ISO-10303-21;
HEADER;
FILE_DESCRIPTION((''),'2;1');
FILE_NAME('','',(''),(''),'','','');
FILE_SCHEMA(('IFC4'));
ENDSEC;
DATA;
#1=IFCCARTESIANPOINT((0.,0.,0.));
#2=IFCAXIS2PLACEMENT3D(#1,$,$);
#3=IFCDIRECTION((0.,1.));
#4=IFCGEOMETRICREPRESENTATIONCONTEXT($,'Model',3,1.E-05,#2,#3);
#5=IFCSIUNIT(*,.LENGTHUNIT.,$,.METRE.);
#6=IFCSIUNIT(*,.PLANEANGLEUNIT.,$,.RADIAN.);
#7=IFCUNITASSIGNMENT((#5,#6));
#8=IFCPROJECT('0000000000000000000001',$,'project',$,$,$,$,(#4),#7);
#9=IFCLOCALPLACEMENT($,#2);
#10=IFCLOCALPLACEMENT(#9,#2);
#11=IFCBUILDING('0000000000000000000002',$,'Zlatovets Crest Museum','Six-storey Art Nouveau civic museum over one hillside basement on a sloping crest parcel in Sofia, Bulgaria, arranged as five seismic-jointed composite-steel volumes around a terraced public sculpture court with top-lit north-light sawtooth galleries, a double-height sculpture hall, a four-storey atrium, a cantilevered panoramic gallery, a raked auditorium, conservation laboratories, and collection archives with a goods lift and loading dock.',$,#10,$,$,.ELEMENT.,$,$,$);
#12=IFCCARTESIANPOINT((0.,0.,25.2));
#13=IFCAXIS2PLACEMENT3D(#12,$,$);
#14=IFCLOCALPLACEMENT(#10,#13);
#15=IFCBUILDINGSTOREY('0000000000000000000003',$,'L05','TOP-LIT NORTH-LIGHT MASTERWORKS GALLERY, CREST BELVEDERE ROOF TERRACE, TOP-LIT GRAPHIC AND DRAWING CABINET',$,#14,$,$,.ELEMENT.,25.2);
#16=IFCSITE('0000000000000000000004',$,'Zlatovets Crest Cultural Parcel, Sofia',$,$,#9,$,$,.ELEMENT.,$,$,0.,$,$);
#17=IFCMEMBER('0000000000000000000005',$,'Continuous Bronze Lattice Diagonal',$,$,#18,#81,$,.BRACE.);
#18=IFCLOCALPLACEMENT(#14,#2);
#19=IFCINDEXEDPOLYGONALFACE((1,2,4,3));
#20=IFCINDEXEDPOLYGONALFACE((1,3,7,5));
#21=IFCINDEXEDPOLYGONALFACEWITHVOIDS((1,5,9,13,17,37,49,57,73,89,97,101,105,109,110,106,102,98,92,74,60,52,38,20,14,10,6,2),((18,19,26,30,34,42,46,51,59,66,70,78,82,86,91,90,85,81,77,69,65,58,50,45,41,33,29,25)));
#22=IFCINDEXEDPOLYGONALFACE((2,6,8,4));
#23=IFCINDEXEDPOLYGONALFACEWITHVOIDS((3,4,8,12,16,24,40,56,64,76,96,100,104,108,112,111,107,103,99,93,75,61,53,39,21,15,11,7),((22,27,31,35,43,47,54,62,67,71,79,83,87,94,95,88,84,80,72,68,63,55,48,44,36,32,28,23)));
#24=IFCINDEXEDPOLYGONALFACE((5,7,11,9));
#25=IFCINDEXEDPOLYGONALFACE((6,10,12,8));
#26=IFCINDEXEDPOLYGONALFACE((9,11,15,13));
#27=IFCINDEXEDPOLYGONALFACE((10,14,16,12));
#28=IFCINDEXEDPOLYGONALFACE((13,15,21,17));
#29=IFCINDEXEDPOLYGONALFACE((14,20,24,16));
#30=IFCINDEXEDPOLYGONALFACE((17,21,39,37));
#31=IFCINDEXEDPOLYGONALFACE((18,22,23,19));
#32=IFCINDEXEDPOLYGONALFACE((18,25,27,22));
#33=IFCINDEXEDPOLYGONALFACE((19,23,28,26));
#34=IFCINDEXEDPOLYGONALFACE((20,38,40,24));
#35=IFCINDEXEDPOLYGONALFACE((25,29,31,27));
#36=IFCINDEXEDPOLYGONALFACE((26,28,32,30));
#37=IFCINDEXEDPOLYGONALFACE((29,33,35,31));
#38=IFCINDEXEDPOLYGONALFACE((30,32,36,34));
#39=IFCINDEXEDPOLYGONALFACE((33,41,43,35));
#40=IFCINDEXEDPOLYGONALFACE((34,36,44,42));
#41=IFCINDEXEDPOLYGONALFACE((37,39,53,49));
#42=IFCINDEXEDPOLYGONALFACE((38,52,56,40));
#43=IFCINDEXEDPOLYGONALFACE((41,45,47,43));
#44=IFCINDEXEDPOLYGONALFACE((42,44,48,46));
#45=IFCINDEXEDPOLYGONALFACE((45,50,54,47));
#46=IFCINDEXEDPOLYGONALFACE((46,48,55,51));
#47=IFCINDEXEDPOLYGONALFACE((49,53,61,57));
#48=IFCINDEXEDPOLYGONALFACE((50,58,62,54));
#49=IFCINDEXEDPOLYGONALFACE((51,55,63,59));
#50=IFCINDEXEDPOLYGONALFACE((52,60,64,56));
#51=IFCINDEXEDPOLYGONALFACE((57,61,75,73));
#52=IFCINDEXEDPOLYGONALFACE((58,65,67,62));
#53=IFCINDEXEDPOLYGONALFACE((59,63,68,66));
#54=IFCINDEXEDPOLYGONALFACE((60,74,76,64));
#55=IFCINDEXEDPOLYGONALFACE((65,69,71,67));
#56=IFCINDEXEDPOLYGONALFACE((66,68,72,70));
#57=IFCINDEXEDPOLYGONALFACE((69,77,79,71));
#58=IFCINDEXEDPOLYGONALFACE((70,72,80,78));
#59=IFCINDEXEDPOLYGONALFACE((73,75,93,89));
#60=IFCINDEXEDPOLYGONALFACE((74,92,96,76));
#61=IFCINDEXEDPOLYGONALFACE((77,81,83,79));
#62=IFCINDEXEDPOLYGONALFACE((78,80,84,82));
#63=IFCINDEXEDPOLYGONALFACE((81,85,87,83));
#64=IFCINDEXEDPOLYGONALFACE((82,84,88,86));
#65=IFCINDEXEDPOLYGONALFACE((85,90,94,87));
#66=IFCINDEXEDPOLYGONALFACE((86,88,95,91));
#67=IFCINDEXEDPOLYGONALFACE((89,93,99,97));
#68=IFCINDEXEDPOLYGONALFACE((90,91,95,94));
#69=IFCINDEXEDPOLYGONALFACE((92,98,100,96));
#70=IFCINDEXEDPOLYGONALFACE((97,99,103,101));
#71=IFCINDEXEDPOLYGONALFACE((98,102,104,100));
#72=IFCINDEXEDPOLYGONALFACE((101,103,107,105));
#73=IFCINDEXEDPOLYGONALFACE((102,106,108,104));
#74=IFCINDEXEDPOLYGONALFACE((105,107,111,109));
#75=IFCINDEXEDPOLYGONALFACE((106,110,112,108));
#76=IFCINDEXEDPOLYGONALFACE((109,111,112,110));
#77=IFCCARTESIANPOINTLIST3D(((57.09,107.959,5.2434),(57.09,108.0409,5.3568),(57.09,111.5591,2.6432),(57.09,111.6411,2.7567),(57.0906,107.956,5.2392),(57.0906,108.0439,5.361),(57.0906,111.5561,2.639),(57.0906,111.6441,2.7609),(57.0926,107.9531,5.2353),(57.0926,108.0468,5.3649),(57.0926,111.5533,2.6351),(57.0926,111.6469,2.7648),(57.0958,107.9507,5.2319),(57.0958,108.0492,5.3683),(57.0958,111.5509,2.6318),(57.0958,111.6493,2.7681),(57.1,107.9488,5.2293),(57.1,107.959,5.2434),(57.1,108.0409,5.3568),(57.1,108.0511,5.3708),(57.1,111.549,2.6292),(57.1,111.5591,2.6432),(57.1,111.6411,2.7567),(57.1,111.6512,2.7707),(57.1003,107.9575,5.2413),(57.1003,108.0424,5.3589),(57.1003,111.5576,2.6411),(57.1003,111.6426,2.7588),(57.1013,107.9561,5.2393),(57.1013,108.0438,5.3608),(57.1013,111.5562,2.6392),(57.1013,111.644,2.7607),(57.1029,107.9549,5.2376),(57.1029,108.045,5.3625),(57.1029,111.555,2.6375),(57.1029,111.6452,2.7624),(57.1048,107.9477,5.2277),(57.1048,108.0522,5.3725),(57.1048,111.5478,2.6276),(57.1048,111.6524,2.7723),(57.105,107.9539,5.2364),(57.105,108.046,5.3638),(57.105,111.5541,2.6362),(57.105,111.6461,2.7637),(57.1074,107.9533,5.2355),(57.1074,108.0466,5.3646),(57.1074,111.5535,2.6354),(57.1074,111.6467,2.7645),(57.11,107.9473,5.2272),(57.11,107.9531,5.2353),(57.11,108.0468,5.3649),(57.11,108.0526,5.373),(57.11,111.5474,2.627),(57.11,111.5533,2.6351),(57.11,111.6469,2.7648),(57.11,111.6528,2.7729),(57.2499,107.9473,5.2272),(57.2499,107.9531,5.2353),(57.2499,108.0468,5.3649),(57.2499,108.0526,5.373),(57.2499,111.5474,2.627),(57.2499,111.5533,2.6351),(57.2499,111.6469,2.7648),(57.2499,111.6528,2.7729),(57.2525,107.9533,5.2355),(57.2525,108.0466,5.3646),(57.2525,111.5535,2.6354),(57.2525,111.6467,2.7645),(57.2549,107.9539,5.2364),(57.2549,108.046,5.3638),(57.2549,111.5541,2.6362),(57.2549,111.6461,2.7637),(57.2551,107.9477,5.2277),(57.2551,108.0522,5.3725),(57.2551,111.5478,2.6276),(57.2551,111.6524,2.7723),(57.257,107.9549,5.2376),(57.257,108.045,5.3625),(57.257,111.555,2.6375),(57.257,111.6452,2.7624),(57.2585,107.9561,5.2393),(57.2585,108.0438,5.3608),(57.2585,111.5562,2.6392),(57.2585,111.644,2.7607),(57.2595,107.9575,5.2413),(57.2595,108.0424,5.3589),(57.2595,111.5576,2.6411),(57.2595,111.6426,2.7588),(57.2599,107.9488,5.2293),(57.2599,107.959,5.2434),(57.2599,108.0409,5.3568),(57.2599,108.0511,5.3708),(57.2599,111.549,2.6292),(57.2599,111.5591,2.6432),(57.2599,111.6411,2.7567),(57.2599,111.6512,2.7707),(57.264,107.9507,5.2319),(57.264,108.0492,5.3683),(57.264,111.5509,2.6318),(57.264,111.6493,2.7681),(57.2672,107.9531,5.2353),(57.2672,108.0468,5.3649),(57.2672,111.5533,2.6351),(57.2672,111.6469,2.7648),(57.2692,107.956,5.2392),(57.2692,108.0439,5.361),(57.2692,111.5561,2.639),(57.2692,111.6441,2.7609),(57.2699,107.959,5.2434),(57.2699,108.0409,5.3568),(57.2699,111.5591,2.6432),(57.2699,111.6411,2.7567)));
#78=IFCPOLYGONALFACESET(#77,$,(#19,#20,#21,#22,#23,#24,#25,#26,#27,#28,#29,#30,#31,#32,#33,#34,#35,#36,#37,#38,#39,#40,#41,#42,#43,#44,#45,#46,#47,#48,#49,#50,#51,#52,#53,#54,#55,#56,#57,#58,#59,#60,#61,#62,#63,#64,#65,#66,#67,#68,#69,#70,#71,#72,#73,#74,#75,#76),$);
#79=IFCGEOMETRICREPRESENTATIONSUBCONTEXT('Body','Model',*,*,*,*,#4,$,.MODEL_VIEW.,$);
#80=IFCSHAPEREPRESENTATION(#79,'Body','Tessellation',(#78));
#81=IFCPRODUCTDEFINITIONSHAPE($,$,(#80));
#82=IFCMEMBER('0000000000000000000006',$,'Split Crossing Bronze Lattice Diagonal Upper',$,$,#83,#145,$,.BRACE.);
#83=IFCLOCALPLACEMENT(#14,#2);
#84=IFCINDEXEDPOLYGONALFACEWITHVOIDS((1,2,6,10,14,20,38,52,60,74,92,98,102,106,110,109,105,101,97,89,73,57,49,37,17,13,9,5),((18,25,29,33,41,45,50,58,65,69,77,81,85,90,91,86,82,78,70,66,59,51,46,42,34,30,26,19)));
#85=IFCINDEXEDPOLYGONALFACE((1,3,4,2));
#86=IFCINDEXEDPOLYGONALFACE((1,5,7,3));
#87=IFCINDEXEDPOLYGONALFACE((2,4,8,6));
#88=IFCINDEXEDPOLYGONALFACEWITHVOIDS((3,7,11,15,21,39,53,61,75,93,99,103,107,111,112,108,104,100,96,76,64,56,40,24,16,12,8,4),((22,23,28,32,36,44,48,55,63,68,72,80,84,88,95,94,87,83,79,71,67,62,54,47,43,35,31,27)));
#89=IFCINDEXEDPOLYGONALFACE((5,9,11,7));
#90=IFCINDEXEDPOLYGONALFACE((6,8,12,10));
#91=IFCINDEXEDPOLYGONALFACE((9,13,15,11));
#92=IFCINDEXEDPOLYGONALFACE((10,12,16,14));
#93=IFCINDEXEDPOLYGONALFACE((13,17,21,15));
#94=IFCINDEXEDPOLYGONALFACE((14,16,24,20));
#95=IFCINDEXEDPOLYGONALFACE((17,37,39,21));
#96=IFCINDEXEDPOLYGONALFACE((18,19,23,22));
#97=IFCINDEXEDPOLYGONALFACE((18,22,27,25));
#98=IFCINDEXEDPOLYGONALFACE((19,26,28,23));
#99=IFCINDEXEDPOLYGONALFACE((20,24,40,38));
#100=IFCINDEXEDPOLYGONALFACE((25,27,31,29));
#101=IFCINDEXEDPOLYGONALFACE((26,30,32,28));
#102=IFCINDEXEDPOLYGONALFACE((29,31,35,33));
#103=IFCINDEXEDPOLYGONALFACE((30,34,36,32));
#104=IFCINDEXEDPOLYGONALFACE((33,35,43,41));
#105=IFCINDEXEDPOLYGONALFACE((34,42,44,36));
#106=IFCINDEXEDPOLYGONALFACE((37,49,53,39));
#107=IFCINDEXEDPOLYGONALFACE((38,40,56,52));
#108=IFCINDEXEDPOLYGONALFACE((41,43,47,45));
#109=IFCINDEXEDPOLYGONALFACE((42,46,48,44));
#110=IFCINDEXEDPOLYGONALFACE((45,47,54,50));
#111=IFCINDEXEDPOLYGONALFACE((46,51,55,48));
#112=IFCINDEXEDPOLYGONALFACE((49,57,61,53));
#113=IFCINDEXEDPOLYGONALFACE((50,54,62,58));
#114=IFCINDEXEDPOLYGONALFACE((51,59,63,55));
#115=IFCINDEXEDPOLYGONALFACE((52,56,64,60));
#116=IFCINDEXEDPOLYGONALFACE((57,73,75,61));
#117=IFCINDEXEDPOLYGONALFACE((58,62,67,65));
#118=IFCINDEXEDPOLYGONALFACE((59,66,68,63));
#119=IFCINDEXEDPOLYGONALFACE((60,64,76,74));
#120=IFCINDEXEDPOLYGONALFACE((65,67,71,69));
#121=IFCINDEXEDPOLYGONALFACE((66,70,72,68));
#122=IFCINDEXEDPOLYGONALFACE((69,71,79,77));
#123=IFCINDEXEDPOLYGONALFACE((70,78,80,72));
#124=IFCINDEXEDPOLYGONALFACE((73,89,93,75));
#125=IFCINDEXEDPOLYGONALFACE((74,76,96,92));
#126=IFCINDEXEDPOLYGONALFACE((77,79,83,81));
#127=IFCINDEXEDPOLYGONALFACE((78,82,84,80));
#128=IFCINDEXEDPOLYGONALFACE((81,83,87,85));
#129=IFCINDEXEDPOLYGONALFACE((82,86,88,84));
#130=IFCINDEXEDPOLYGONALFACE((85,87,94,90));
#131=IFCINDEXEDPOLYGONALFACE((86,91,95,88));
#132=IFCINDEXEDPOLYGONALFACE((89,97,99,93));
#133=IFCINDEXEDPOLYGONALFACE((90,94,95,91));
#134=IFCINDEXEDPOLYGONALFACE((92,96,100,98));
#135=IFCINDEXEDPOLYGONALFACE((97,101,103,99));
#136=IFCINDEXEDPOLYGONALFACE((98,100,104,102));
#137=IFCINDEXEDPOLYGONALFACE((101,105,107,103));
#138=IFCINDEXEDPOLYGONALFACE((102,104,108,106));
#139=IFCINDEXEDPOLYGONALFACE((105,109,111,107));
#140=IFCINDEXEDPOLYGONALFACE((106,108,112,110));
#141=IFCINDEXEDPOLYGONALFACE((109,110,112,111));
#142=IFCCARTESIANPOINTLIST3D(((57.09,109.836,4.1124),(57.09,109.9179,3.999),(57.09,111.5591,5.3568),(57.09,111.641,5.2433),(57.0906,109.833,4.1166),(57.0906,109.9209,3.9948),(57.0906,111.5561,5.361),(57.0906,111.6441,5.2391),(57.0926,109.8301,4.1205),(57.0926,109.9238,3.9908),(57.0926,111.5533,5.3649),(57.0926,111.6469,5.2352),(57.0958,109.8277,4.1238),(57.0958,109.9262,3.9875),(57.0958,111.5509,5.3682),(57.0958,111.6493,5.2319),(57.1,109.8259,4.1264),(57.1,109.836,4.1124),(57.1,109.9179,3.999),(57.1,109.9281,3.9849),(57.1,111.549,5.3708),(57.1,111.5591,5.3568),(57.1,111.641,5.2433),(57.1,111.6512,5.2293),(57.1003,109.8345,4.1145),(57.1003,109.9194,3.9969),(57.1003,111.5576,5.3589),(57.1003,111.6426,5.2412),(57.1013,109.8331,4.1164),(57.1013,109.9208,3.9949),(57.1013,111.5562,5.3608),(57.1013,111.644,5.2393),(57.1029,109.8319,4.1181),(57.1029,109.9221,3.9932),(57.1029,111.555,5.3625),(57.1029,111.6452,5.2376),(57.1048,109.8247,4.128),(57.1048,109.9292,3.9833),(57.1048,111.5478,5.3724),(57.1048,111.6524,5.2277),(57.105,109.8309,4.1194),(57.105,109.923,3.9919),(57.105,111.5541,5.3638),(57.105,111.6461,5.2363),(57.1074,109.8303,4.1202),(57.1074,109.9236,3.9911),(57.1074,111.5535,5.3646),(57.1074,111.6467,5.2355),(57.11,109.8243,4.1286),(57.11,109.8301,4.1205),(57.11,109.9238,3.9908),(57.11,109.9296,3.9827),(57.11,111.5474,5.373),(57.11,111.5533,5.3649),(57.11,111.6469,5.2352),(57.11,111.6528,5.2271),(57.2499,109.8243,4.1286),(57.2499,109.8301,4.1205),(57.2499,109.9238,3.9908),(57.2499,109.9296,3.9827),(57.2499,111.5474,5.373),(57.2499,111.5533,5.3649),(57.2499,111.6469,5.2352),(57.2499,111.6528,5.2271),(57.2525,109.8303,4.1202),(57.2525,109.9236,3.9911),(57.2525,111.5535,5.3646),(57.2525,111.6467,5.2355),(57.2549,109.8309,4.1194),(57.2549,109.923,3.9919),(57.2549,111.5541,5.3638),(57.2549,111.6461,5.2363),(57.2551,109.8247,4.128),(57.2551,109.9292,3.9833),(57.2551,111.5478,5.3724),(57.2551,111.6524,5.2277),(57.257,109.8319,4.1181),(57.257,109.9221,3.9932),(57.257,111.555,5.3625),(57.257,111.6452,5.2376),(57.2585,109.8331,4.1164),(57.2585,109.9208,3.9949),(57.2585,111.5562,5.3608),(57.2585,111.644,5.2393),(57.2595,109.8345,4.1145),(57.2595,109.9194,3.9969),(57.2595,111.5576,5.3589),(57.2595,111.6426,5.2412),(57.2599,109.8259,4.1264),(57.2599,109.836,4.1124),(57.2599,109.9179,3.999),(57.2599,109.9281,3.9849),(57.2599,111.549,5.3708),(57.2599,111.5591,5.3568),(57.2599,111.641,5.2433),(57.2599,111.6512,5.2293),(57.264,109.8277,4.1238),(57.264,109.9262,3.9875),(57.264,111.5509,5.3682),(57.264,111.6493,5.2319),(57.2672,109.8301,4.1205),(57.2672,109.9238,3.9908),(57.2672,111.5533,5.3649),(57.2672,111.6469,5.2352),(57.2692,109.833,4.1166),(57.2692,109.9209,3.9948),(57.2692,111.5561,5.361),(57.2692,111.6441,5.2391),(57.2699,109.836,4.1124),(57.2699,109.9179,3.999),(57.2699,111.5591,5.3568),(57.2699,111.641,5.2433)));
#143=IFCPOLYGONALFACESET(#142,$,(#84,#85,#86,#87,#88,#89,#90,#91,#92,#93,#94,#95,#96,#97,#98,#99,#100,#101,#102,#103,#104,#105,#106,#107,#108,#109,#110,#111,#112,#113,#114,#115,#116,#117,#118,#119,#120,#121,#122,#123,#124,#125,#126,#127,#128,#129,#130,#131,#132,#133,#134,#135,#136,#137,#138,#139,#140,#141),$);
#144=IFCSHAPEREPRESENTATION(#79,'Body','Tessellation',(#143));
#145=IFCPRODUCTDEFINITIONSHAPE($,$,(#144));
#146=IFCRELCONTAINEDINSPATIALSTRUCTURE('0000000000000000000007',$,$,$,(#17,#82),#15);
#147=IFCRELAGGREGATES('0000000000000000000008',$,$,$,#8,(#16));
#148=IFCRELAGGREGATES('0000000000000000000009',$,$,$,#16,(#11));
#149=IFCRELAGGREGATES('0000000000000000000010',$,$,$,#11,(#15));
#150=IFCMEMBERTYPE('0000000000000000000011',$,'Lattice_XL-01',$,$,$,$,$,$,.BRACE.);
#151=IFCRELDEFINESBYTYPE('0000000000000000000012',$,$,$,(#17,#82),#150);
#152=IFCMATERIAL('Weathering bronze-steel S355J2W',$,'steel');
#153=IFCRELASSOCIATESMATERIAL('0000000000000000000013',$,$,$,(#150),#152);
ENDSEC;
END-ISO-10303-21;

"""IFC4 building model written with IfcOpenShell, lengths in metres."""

from ifc_helpers import new_model, si_unit, direction, frame, origin, origin_2d, place, context, subcontext, project, spatial, hollow_rectangle, extrude, material, material_profile, profile_set, type_object, element, save


model = new_model("IFC4")

# Units and contexts
model_context = context("Model", 3, precision=1e-05, world=origin(), true_north=direction((0.0, 1.0)))
body_context = subcontext(model_context, "Body", "Model", "MODEL_VIEW")
ifc_project = project(units=[si_unit("LENGTHUNIT", "METRE"), si_unit("PLANEANGLEUNIT", "RADIAN")], contexts=[model_context])

# Site, building, storey
site_placement = place(None, origin())
site = spatial("IfcSite", under=ifc_project, at=site_placement, Name="Zlatovets Crest Cultural Parcel, Sofia", CompositionType="ELEMENT", RefElevation=0.0)
building_placement = place(site_placement, origin())
building = spatial("IfcBuilding", under=site, at=building_placement, Name="Zlatovets Crest Museum", Description="Six-storey Art Nouveau civic museum over one hillside basement on a sloping crest parcel in Sofia, Bulgaria, arranged as five seismic-jointed composite-steel volumes around a terraced public sculpture court with top-lit north-light sawtooth galleries, a double-height sculpture hall, a four-storey atrium, a cantilevered panoramic gallery, a raked auditorium, conservation laboratories, and collection archives with a goods lift and loading dock.", CompositionType="ELEMENT")
storey_placement = place(building_placement, frame((0.0, 0.0, 25.2)))
storey = spatial("IfcBuildingStorey", under=building, at=storey_placement, Name="L05", Description="TOP-LIT NORTH-LIGHT MASTERWORKS GALLERY, CREST BELVEDERE ROOF TERRACE, TOP-LIT GRAPHIC AND DRAWING CABINET", CompositionType="ELEMENT", Elevation=25.2)

# Members
ifc_material_1 = material(Name="Weathering bronze-steel S355J2W", Category="steel")
ifc_material_profile_1 = material_profile(ifc_material_1, hollow_rectangle(XDim=0.1799, YDim=0.1799, WallThickness=0.01, InnerFilletRadius=0.01, OuterFilletRadius=0.02, at=origin_2d()), Name="SHS 180x180x10.0")
ifc_profile_set_1 = profile_set([ifc_material_profile_1], Name="Weathering bronze-steel S355J2W")
member_type_1 = type_object("IfcMemberType", Name="Lattice_XL-01", PredefinedType="BRACE", material=ifc_profile_set_1)
member_1_placement = place(storey_placement, frame((57.1799, 111.6001, 2.7), z_axis=(0.0, -0.810676, 0.585495), x_axis=(1.0, 0.0, 0.0)))
element("IfcMember", 1, at=member_1_placement, inside=storey, type_object=member_type_1, Name="Continuous Bronze Lattice Diagonal", PredefinedType="BRACE", context=body_context, shape_type="SweptSolid", body=[
    extrude(hollow_rectangle(XDim=0.1799, YDim=0.1799, WallThickness=0.01, InnerFilletRadius=0.01, OuterFilletRadius=0.02, at=origin_2d()), origin(), (0.0, 0.0, 1.0), 4.4409),
])
member_2_placement = place(storey_placement, frame((57.1799, 111.6001, 5.3), z_axis=(0.0, -0.810703, -0.585457), x_axis=(1.0, 0.0, 0.0)))
element("IfcMember", 2, at=member_2_placement, inside=storey, type_object=member_type_1, Name="Split Crossing Bronze Lattice Diagonal Upper", PredefinedType="BRACE", context=body_context, shape_type="SweptSolid", body=[
    extrude(hollow_rectangle(XDim=0.1799, YDim=0.1799, WallThickness=0.01, InnerFilletRadius=0.01, OuterFilletRadius=0.02, at=origin_2d()), origin(), (0.0, 0.0, 1.0), 2.1255),
])

save(model, "model.ifc")
